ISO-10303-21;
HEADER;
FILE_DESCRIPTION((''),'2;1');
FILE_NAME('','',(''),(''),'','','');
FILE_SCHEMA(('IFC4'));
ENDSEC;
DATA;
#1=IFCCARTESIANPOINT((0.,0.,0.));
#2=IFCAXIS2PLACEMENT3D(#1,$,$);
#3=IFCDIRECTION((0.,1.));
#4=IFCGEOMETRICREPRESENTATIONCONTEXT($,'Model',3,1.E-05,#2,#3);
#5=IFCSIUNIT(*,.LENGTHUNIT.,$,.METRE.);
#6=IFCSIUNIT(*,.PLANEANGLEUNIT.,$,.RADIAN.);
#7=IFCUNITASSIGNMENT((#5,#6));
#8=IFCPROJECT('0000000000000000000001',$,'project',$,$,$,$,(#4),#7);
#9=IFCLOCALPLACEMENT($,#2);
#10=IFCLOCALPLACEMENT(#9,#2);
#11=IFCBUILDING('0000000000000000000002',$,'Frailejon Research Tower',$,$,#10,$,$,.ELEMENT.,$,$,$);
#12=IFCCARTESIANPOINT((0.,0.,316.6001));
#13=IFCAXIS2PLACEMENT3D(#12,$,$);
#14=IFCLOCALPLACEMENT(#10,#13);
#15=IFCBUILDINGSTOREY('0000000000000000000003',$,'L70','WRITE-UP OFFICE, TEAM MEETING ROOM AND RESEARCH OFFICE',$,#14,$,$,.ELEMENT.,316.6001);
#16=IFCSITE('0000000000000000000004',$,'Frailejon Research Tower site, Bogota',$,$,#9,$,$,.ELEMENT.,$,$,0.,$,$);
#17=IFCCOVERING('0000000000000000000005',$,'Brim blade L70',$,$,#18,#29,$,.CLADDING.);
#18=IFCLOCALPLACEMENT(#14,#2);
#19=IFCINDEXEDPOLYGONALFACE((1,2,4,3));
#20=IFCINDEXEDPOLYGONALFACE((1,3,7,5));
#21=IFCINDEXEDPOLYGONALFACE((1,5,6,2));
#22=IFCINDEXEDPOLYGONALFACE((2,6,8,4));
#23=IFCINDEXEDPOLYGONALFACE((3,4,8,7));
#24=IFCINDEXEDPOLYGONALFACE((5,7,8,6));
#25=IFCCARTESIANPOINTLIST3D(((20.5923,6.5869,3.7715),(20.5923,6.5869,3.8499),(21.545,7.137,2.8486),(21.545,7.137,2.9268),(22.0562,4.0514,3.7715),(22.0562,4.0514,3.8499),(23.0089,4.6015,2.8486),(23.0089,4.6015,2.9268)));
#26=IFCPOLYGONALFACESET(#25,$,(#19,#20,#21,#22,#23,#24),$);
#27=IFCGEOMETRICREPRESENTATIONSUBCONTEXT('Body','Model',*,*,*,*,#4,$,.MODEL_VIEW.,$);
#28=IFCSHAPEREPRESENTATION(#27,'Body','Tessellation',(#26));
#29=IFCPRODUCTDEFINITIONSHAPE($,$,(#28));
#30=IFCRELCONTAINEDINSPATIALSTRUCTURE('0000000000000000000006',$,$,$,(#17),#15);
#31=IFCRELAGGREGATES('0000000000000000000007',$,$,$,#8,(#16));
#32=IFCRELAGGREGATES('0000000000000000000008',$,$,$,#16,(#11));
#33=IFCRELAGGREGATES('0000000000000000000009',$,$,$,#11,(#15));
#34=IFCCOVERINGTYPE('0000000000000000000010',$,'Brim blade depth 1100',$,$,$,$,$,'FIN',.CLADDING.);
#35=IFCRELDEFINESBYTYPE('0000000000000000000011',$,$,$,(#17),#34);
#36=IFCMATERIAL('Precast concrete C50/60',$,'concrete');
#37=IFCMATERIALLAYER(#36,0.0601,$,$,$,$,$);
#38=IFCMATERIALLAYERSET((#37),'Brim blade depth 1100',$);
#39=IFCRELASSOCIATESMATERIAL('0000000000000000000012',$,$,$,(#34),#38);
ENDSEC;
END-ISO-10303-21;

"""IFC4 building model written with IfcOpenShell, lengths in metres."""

from ifc_helpers import new_model, si_unit, direction, frame, origin, place, context, subcontext, project, spatial, polyline, outline, extrude, material, layer, layer_set, type_object, element, save


model = new_model("IFC4")

# Units and contexts
model_context = context("Model", 3, precision=1e-05, world=origin(), true_north=direction((0.0, 1.0)))
body_context = subcontext(model_context, "Body", "Model", "MODEL_VIEW")
ifc_project = project(units=[si_unit("LENGTHUNIT", "METRE"), si_unit("PLANEANGLEUNIT", "RADIAN")], contexts=[model_context])

# Site, building, storey
site_placement = place(None, origin())
site = spatial("IfcSite", under=ifc_project, at=site_placement, Name="Frailejon Research Tower site, Bogota", CompositionType="ELEMENT", RefElevation=0.0)
building_placement = place(site_placement, origin())
building = spatial("IfcBuilding", under=site, at=building_placement, Name="Frailejon Research Tower", CompositionType="ELEMENT")
storey_placement = place(building_placement, frame((0.0, 0.0, 316.6001)))
storey = spatial("IfcBuildingStorey", under=building, at=storey_placement, Name="L70", Description="WRITE-UP OFFICE, TEAM MEETING ROOM AND RESEARCH OFFICE", CompositionType="ELEMENT", Elevation=316.6001)

# Covering
ifc_material_1 = material(Name="Precast concrete C50/60", Category="concrete")
ifc_layer_1 = layer(ifc_material_1, 0.0601)
ifc_layer_set_1 = layer_set([ifc_layer_1], Name="Brim blade depth 1100")
covering_type = type_object("IfcCoveringType", Name="Brim blade depth 1100", ElementType="FIN", PredefinedType="CLADDING", material=ifc_layer_set_1)
covering_placement = place(storey_placement, frame((20.5923, 6.5869, 3.8499), z_axis=(0.500007, -0.866021, 0.0), x_axis=(0.866021, 0.500007, 0.0)))
element("IfcCovering", 1, at=covering_placement, inside=storey, type_object=covering_type, Name="Brim blade L70", PredefinedType="CLADDING", context=body_context, shape_type="SweptSolid", body=[
    extrude(outline(polyline([(0.0, -0.0784), (1.1001, -1.0012), (1.1001, -0.9231), (0.0, 0.0), (0.0, -0.0784)])), origin(), (0.0, 0.0, 1.0), 2.9277),
])

save(model, "model.ifc")
